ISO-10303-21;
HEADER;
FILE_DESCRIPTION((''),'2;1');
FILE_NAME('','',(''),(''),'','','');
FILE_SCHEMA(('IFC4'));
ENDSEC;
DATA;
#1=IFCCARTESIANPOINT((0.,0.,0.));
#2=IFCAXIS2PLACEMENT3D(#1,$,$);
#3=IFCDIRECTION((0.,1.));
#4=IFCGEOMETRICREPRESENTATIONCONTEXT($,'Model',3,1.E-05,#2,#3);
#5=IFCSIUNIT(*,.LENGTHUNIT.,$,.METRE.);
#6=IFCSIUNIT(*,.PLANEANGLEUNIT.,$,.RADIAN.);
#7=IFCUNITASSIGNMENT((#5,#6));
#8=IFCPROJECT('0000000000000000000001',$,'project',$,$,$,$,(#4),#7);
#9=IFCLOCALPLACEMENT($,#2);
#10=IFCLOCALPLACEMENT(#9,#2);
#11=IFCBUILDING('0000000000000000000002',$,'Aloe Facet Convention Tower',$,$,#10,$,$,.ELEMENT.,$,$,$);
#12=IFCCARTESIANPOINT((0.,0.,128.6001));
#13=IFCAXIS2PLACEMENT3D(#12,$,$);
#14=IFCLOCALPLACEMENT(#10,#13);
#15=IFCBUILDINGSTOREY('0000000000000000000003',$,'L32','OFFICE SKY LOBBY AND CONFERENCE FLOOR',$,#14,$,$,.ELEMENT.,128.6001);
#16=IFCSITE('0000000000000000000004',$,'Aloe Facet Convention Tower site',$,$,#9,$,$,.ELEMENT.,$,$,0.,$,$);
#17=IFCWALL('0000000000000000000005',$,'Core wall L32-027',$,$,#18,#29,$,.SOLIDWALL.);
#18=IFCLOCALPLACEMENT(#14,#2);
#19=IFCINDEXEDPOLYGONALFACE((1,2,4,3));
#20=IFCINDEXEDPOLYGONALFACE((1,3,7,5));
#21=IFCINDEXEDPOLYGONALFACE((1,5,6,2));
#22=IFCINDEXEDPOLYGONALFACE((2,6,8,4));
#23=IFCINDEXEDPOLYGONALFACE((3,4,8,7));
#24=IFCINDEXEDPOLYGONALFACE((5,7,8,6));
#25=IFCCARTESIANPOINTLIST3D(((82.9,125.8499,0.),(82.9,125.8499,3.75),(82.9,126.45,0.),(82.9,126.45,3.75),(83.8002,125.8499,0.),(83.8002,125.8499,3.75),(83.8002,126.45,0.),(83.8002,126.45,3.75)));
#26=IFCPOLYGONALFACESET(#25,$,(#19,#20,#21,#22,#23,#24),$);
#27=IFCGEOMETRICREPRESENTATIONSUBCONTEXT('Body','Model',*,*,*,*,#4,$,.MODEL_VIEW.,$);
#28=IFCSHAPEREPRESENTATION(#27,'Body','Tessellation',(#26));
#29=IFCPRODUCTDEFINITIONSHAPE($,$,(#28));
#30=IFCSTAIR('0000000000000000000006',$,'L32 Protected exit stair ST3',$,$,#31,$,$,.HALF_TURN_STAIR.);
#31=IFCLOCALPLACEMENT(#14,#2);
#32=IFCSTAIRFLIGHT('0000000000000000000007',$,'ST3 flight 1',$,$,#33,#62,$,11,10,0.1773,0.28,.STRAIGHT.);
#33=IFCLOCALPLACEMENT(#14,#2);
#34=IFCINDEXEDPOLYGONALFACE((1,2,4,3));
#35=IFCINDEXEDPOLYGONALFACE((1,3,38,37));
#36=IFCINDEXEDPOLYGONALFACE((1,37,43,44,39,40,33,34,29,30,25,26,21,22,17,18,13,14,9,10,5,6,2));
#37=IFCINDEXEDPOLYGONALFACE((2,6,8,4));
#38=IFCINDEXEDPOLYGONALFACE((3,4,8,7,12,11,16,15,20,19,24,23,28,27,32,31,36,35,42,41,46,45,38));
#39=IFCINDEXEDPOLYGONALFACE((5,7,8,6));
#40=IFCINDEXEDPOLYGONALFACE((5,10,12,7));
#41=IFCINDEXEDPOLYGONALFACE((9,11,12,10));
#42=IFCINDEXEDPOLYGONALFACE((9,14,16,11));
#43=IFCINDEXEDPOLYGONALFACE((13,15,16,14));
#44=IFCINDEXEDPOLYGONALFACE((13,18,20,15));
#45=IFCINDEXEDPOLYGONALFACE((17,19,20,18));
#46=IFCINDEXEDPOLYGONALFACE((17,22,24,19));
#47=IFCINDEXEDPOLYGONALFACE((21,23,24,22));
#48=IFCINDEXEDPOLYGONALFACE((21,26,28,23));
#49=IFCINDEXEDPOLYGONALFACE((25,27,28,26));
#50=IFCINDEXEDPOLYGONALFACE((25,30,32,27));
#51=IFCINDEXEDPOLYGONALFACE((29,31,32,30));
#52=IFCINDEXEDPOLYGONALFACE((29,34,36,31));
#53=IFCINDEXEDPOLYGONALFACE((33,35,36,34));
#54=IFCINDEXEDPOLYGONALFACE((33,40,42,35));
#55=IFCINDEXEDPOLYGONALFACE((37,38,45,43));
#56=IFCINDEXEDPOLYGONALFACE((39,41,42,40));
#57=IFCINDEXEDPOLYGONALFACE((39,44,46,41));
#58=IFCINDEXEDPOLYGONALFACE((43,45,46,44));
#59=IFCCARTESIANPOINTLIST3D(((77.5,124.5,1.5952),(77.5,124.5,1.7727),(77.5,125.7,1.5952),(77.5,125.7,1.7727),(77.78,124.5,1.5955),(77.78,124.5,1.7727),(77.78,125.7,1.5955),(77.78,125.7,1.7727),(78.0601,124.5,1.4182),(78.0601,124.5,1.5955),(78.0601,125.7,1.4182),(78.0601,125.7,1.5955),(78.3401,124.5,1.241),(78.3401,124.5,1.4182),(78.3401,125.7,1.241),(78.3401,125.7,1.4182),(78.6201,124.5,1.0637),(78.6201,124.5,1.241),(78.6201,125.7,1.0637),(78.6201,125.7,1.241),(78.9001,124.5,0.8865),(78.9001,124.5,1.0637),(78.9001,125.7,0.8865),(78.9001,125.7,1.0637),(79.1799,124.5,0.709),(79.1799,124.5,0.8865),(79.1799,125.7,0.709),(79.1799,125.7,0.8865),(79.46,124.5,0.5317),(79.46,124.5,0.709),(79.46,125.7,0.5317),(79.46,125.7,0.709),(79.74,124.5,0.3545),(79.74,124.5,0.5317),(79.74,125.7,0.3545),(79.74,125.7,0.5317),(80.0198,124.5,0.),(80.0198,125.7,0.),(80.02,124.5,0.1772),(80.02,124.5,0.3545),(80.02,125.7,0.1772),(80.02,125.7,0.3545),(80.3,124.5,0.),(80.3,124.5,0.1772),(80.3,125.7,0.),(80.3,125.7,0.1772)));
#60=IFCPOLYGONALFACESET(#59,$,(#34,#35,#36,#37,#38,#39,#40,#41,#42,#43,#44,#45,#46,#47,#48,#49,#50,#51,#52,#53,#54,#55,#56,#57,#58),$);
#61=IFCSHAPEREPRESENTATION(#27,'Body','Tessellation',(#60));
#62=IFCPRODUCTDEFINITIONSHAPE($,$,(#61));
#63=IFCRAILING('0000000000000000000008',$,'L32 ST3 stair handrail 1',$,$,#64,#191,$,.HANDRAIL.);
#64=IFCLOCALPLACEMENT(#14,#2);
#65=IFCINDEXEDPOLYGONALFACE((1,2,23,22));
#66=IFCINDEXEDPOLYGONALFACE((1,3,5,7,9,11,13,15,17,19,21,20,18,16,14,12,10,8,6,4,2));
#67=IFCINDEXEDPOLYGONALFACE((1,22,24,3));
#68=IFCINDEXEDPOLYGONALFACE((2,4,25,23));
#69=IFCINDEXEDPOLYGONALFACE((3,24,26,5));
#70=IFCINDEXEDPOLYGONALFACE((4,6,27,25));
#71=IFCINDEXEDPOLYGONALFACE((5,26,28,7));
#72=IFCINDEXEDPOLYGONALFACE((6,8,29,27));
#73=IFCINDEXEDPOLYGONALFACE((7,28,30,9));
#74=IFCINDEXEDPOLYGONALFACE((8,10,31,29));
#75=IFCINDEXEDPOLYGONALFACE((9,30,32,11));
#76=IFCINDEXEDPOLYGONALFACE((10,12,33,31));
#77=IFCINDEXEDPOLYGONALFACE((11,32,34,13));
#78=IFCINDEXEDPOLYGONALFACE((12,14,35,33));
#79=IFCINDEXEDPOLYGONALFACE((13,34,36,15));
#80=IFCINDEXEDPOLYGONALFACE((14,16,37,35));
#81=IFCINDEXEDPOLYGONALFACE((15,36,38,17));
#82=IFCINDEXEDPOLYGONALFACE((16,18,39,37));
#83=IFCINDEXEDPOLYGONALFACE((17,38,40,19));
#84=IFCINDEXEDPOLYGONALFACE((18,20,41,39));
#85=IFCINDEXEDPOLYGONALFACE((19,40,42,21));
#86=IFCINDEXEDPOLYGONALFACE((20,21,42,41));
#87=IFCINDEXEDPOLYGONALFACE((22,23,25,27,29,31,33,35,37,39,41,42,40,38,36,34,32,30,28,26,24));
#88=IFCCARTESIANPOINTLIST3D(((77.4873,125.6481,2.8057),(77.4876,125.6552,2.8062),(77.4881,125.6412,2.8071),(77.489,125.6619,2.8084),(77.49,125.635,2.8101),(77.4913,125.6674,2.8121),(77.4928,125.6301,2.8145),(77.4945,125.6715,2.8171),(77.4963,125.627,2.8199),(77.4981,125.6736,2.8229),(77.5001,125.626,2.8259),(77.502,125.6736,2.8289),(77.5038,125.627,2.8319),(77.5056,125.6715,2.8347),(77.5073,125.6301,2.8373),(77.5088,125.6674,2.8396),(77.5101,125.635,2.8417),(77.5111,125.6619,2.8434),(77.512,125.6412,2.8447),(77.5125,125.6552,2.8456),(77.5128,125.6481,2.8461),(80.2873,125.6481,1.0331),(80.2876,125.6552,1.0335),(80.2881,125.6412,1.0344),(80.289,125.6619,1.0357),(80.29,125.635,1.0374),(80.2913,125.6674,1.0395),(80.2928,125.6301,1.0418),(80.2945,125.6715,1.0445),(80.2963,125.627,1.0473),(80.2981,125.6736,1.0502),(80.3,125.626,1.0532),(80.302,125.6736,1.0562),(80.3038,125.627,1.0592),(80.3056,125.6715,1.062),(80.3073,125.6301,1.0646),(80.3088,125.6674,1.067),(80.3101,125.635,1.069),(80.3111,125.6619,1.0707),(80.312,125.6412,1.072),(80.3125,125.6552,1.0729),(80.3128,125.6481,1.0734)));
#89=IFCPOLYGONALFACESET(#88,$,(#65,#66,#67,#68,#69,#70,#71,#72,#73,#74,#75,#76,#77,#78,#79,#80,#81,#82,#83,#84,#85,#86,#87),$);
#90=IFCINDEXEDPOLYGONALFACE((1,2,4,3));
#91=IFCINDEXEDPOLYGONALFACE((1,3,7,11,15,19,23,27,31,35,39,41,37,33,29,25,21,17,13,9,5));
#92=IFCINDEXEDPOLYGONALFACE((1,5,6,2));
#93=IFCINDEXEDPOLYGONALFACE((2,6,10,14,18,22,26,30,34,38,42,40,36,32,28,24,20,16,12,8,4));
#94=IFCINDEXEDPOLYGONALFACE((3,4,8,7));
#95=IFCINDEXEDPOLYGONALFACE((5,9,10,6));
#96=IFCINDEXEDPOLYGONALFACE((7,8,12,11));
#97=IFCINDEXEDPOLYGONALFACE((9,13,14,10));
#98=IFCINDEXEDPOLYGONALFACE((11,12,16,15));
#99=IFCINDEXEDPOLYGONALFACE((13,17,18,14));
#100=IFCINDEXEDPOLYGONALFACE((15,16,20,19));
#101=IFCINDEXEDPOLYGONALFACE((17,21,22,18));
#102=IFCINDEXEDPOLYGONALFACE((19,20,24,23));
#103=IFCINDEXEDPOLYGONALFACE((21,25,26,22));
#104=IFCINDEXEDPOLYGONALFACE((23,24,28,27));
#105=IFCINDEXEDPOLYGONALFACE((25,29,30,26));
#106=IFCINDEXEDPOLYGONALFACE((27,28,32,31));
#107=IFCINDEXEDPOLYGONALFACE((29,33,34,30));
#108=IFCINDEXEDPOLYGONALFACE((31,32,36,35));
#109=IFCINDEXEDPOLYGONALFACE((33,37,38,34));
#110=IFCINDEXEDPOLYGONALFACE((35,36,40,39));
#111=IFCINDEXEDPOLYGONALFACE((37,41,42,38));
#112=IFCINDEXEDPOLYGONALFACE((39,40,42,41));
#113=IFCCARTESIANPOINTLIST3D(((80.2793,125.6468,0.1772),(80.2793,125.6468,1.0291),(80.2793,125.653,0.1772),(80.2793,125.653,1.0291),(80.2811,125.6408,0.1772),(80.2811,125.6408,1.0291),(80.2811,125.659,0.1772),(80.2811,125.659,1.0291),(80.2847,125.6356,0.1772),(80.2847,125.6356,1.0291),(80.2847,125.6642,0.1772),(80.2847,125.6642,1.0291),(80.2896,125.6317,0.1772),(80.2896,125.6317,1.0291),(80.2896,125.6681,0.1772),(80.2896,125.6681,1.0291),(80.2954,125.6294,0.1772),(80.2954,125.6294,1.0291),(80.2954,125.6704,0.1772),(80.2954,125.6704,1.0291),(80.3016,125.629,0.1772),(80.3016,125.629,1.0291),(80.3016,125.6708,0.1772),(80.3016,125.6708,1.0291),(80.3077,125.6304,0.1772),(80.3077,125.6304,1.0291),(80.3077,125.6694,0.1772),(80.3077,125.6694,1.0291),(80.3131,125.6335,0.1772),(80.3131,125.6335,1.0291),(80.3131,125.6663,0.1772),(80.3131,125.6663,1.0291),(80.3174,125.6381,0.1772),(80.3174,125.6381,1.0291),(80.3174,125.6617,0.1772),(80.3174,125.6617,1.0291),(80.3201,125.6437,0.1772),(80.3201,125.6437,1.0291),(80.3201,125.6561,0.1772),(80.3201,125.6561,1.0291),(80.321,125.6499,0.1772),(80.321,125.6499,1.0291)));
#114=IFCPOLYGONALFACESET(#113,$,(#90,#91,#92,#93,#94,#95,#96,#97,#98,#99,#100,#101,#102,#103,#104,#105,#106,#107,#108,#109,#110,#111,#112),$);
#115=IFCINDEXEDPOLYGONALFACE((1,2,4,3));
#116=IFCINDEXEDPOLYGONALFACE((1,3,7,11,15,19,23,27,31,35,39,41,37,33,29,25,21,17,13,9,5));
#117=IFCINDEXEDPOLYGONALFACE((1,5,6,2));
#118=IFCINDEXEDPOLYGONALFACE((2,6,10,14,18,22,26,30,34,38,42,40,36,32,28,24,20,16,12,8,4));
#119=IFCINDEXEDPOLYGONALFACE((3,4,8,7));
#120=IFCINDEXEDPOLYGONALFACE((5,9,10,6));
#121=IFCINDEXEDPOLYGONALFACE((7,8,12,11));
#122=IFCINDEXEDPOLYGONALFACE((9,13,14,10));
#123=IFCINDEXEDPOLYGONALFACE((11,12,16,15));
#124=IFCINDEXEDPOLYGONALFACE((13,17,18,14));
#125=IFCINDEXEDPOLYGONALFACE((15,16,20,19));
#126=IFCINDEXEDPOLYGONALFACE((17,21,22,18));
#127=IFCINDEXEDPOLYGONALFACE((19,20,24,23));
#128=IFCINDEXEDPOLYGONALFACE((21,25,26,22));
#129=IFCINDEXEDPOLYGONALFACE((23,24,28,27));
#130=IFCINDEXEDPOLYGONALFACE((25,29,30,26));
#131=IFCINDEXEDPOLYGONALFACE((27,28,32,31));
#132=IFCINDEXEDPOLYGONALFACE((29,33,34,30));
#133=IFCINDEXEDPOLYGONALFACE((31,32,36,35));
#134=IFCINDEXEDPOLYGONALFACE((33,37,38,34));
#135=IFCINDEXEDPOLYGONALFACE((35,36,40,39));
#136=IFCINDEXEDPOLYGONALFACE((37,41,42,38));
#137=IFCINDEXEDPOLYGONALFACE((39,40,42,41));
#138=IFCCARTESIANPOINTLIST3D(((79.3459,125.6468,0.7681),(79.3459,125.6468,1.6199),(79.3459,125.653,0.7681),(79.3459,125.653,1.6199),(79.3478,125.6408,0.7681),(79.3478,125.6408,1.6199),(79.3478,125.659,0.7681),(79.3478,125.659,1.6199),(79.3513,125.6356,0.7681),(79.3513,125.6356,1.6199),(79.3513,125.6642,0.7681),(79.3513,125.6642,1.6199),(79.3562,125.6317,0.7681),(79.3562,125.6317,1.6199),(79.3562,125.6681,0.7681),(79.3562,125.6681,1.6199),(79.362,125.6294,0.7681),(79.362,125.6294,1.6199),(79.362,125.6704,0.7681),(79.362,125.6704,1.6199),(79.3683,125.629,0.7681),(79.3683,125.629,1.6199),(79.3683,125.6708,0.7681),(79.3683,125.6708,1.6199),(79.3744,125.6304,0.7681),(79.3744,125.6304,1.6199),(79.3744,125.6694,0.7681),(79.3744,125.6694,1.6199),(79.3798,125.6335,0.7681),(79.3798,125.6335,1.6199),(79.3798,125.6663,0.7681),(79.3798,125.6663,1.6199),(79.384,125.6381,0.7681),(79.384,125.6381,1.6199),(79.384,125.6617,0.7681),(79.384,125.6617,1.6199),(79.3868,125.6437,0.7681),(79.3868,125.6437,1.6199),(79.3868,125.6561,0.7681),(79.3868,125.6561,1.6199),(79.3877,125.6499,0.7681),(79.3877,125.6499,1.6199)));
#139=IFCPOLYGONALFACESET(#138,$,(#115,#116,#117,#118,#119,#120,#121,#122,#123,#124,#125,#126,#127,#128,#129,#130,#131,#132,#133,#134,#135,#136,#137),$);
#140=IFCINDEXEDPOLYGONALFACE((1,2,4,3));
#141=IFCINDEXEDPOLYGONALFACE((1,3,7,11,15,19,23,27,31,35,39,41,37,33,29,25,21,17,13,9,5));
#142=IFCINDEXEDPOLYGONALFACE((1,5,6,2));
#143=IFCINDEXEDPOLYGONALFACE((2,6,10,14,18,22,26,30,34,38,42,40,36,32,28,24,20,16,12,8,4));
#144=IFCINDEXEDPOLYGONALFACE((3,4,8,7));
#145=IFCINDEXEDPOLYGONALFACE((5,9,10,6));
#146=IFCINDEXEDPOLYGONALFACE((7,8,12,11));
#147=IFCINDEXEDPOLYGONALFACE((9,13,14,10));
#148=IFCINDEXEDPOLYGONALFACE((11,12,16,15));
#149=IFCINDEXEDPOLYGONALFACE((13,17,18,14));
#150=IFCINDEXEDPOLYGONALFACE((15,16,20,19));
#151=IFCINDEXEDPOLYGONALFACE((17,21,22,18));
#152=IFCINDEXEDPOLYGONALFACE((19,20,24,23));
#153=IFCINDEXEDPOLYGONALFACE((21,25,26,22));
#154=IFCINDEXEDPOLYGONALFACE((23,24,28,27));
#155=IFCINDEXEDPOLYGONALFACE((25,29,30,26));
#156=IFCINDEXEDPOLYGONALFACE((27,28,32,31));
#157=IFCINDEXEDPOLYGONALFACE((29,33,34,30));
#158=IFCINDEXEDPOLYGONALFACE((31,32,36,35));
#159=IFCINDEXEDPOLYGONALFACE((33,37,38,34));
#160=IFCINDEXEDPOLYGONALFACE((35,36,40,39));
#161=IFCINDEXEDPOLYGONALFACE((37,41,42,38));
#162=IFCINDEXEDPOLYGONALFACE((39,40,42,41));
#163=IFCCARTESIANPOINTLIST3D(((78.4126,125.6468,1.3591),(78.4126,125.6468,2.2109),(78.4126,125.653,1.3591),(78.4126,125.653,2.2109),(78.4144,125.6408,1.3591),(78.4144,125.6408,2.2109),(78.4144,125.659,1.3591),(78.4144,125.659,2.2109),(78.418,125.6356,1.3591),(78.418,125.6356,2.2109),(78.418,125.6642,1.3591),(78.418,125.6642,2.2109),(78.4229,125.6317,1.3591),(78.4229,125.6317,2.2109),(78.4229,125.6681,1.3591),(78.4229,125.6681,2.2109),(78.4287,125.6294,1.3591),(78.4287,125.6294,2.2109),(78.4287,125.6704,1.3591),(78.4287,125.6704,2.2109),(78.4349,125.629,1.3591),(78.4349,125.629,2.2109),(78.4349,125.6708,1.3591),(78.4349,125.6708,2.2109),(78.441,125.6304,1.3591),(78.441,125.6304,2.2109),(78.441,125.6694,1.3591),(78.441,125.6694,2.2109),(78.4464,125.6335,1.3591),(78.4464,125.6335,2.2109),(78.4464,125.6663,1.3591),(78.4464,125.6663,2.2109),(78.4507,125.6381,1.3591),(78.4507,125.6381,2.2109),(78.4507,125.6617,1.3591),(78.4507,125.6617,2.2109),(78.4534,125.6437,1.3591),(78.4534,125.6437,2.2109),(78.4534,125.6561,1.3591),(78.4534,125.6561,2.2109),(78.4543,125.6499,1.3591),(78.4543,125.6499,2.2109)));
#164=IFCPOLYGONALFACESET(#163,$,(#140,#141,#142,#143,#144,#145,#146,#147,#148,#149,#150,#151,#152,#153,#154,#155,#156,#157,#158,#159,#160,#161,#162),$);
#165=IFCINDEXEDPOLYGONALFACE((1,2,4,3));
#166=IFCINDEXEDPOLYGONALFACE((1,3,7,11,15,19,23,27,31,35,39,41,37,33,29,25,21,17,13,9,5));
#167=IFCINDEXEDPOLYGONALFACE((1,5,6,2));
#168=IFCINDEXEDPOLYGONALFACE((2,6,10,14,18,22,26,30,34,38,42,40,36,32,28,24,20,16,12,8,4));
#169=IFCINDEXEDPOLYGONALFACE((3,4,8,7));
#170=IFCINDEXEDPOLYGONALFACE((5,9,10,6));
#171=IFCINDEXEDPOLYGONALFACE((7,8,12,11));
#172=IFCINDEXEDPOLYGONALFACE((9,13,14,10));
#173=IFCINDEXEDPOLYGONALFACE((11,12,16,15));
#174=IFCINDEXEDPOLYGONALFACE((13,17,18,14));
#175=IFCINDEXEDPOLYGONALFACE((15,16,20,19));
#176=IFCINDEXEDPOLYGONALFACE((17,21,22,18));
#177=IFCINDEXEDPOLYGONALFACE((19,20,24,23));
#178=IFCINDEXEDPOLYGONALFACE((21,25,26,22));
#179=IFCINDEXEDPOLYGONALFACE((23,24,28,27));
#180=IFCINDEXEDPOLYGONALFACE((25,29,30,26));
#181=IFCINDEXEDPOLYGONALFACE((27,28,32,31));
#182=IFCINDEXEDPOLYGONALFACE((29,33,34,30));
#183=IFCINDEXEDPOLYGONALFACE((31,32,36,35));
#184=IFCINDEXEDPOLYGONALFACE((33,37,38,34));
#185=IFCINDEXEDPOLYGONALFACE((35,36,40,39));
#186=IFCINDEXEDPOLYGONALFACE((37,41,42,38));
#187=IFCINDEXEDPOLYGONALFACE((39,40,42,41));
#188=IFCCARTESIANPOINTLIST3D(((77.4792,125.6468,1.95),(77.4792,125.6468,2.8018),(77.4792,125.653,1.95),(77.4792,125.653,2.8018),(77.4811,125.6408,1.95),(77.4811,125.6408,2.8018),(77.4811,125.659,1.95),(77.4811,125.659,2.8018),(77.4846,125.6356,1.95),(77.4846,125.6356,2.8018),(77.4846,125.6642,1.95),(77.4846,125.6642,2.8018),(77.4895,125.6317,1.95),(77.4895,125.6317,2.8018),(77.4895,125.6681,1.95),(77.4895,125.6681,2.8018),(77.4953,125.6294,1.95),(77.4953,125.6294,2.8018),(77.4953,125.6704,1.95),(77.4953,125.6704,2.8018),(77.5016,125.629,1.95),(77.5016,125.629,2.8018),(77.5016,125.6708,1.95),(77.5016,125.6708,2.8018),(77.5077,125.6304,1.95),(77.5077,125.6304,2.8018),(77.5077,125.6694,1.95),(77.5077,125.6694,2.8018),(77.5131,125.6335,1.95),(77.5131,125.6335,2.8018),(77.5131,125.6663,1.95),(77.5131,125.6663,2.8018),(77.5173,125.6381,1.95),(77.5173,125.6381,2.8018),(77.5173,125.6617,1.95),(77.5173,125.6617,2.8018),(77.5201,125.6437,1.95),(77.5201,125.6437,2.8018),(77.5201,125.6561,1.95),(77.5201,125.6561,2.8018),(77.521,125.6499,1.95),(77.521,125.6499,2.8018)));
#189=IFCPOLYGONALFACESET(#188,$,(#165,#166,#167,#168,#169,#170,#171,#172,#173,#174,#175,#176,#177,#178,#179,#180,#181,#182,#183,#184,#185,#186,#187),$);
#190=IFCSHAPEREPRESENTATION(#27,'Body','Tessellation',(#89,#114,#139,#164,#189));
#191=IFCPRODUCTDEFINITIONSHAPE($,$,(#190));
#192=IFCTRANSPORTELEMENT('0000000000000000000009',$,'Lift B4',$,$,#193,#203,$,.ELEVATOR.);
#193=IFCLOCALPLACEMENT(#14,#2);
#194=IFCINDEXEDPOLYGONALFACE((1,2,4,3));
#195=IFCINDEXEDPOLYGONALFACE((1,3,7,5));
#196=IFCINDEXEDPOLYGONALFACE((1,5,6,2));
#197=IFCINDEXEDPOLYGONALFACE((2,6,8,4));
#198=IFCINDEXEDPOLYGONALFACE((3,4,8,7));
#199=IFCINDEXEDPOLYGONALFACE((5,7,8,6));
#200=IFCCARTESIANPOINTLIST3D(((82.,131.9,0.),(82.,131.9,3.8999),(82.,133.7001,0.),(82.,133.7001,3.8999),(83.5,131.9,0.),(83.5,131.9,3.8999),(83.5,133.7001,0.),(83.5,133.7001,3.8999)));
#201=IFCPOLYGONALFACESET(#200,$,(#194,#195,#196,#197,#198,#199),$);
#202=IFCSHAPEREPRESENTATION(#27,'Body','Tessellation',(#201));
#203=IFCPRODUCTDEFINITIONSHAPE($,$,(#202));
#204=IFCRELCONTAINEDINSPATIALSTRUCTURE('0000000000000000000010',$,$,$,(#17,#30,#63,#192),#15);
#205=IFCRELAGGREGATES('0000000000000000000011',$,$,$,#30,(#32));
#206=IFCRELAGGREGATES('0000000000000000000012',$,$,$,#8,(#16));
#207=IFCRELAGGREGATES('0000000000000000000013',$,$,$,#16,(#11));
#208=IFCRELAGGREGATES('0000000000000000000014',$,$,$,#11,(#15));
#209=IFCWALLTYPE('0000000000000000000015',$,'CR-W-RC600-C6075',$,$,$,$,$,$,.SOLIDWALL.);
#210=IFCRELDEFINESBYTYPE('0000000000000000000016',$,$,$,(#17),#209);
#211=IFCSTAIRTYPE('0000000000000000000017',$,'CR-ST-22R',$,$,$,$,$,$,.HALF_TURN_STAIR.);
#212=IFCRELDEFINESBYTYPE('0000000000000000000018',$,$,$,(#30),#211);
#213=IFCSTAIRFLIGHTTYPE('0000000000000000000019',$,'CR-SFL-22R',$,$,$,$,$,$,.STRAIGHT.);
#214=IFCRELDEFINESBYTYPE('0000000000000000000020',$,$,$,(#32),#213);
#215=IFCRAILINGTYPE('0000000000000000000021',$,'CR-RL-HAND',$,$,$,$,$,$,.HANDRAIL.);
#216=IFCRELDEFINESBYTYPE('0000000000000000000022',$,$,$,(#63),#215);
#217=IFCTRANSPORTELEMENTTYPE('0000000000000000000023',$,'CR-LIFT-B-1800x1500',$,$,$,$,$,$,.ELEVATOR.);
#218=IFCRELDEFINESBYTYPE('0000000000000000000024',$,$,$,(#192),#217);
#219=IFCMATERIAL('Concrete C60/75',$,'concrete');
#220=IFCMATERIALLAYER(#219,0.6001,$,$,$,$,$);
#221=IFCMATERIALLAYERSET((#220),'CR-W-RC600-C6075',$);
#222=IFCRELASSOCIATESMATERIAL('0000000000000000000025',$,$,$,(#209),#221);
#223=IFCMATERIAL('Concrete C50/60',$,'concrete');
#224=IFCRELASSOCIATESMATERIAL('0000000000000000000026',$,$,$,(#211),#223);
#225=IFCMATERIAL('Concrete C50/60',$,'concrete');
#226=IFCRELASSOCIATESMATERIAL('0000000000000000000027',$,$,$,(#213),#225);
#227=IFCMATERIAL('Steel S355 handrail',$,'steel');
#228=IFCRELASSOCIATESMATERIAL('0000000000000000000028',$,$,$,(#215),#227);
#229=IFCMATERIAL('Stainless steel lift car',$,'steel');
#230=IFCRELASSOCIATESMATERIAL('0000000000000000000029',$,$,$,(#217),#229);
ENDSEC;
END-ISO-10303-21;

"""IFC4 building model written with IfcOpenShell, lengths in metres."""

from ifc_helpers import new_model, si_unit, direction, frame, frame_2d, origin, origin_2d, place, context, subcontext, project, spatial, polyline, rectangle, circle, outline, extrude, material, layer, layer_set, type_object, element, aggregate, save


model = new_model("IFC4")

# Units and contexts
model_context = context("Model", 3, precision=1e-05, world=origin(), true_north=direction((0.0, 1.0)))
body_context = subcontext(model_context, "Body", "Model", "MODEL_VIEW")
ifc_project = project(units=[si_unit("LENGTHUNIT", "METRE"), si_unit("PLANEANGLEUNIT", "RADIAN")], contexts=[model_context])

# Site, building, storey
site_placement = place(None, origin())
site = spatial("IfcSite", under=ifc_project, at=site_placement, Name="Aloe Facet Convention Tower site", CompositionType="ELEMENT", RefElevation=0.0)
building_placement = place(site_placement, origin())
building = spatial("IfcBuilding", under=site, at=building_placement, Name="Aloe Facet Convention Tower", CompositionType="ELEMENT")
storey_placement = place(building_placement, frame((0.0, 0.0, 128.6001)))
storey = spatial("IfcBuildingStorey", under=building, at=storey_placement, Name="L32", Description="OFFICE SKY LOBBY AND CONFERENCE FLOOR", CompositionType="ELEMENT", Elevation=128.6001)

# Wall
ifc_material_1 = material(Name="Concrete C60/75", Category="concrete")
ifc_layer_1 = layer(ifc_material_1, 0.6001)
ifc_layer_set_1 = layer_set([ifc_layer_1], Name="CR-W-RC600-C6075")
wall_type_1 = type_object("IfcWallType", Name="CR-W-RC600-C6075", PredefinedType="SOLIDWALL", material=ifc_layer_set_1)
wall_1_placement = place(storey_placement, frame((82.8999, 126.1499, 0.0), z_axis=(0.0, 0.0, 1.0), x_axis=(1.0, 0.0, 0.0)))
element("IfcWall", 1, at=wall_1_placement, inside=storey, type_object=wall_type_1, Name="Core wall L32-027", PredefinedType="SOLIDWALL", context=body_context, shape_type="SweptSolid", body=[
    extrude(rectangle(XDim=0.9001, YDim=0.6001, at=frame_2d((0.4502, 0.0))), origin(), (0.0, 0.0, 1.0), 3.75),
])

# Stair, stair flight
ifc_material_2 = material(Name="Concrete C50/60", Category="concrete")
stair_type = type_object("IfcStairType", Name="CR-ST-22R", PredefinedType="HALF_TURN_STAIR", material=ifc_material_2)
stair_placement = place(storey_placement, origin())
stair = element("IfcStair", 2, at=stair_placement, inside=storey, type_object=stair_type, Name="L32 Protected exit stair ST3", PredefinedType="HALF_TURN_STAIR")
ifc_material_3 = material(Name="Concrete C50/60", Category="concrete")
stair_flight_type = type_object("IfcStairFlightType", Name="CR-SFL-22R", PredefinedType="STRAIGHT", material=ifc_material_3)
stair_flight_placement = place(storey_placement, frame((80.3, 125.1001, 0.0), z_axis=(0.0, 0.0, 1.0), x_axis=(-1.0, 0.0, 0.0)))
stair_flight = element("IfcStairFlight", 3, at=stair_flight_placement, type_object=stair_flight_type, Name="ST3 flight 1", NumberOfRisers=11, NumberOfTreads=10, PredefinedType="STRAIGHT", RiserHeight=0.1773, TreadLength=0.28, context=body_context, shape_type="SweptSolid", body=[
    extrude(outline(polyline([(0.0, 0.0), (0.0, 0.1772), (0.28, 0.1772), (0.28, 0.3545), (0.5601, 0.3545), (0.5601, 0.5317), (0.8401, 0.5317), (0.8401, 0.709), (1.1201, 0.709), (1.1201, 0.8865), (1.3999, 0.8865), (1.3999, 1.0637), (1.6799, 1.0637), (1.6799, 1.241), (1.96, 1.241), (1.96, 1.4182), (2.24, 1.4182), (2.24, 1.5955), (2.52, 1.5955), (2.52, 1.7727), (2.8, 1.7727), (2.8, 1.95), (2.8, 1.5952), (0.2803, 0.0), (0.0, 0.0)])), frame((0.0, 0.6001, 0.0), z_axis=(0.0, -1.0, 0.0), x_axis=(1.0, 0.0, 0.0)), (0.0, 0.0, 1.0), 1.2),
])
aggregate(stair, [stair_flight])

# Railing
ifc_material_4 = material(Name="Steel S355 handrail", Category="steel")
railing_type = type_object("IfcRailingType", Name="CR-RL-HAND", PredefinedType="HANDRAIL", material=ifc_material_4)
railing_placement = place(storey_placement, frame((80.3, 125.6499, 0.1772)))
element("IfcRailing", 4, at=railing_placement, inside=storey, type_object=railing_type, Name="L32 ST3 stair handrail 1", PredefinedType="HANDRAIL", context=body_context, shape_type="SweptSolid", body=[
    extrude(circle(Radius=0.0239, at=origin_2d()), frame((0.0, 0.0, 0.876), z_axis=(-0.844909, 0.0, 0.53491), x_axis=(0.0, -1.0, 0.0)), (0.0, 0.0, 1.0), 3.314),
    extrude(circle(Radius=0.021, at=origin_2d()), origin(), (0.0, 0.0, 1.0), 0.8518),
    extrude(circle(Radius=0.021, at=origin_2d()), frame((-0.9333, 0.0, 0.5908)), (0.0, 0.0, 1.0), 0.8518),
    extrude(circle(Radius=0.021, at=origin_2d()), frame((-1.8667, 0.0, 1.1819)), (0.0, 0.0, 1.0), 0.8518),
    extrude(circle(Radius=0.021, at=origin_2d()), frame((-2.8, 0.0, 1.7727)), (0.0, 0.0, 1.0), 0.8518),
])

# Transport element
ifc_material_5 = material(Name="Stainless steel lift car", Category="steel")
transport_element_type = type_object("IfcTransportElementType", Name="CR-LIFT-B-1800x1500", PredefinedType="ELEVATOR", material=ifc_material_5)
for number, where, z_axis, x_axis, name in (
    (5, (82.75, 132.8, 0.0), (0.0, 0.0, 1.0), (1.0, 0.0, 0.0), "Lift B4"),
):
    element("IfcTransportElement", number, at=place(storey_placement, frame(where, z_axis=z_axis, x_axis=x_axis)), inside=storey, type_object=transport_element_type, Name=name, PredefinedType="ELEVATOR", context=body_context, shape_type="SweptSolid", body=[
        extrude(rectangle(XDim=1.5, YDim=1.8, at=origin_2d()), origin(), (0.0, 0.0, 1.0), 3.8999),
    ])

save(model, "model.ifc")
